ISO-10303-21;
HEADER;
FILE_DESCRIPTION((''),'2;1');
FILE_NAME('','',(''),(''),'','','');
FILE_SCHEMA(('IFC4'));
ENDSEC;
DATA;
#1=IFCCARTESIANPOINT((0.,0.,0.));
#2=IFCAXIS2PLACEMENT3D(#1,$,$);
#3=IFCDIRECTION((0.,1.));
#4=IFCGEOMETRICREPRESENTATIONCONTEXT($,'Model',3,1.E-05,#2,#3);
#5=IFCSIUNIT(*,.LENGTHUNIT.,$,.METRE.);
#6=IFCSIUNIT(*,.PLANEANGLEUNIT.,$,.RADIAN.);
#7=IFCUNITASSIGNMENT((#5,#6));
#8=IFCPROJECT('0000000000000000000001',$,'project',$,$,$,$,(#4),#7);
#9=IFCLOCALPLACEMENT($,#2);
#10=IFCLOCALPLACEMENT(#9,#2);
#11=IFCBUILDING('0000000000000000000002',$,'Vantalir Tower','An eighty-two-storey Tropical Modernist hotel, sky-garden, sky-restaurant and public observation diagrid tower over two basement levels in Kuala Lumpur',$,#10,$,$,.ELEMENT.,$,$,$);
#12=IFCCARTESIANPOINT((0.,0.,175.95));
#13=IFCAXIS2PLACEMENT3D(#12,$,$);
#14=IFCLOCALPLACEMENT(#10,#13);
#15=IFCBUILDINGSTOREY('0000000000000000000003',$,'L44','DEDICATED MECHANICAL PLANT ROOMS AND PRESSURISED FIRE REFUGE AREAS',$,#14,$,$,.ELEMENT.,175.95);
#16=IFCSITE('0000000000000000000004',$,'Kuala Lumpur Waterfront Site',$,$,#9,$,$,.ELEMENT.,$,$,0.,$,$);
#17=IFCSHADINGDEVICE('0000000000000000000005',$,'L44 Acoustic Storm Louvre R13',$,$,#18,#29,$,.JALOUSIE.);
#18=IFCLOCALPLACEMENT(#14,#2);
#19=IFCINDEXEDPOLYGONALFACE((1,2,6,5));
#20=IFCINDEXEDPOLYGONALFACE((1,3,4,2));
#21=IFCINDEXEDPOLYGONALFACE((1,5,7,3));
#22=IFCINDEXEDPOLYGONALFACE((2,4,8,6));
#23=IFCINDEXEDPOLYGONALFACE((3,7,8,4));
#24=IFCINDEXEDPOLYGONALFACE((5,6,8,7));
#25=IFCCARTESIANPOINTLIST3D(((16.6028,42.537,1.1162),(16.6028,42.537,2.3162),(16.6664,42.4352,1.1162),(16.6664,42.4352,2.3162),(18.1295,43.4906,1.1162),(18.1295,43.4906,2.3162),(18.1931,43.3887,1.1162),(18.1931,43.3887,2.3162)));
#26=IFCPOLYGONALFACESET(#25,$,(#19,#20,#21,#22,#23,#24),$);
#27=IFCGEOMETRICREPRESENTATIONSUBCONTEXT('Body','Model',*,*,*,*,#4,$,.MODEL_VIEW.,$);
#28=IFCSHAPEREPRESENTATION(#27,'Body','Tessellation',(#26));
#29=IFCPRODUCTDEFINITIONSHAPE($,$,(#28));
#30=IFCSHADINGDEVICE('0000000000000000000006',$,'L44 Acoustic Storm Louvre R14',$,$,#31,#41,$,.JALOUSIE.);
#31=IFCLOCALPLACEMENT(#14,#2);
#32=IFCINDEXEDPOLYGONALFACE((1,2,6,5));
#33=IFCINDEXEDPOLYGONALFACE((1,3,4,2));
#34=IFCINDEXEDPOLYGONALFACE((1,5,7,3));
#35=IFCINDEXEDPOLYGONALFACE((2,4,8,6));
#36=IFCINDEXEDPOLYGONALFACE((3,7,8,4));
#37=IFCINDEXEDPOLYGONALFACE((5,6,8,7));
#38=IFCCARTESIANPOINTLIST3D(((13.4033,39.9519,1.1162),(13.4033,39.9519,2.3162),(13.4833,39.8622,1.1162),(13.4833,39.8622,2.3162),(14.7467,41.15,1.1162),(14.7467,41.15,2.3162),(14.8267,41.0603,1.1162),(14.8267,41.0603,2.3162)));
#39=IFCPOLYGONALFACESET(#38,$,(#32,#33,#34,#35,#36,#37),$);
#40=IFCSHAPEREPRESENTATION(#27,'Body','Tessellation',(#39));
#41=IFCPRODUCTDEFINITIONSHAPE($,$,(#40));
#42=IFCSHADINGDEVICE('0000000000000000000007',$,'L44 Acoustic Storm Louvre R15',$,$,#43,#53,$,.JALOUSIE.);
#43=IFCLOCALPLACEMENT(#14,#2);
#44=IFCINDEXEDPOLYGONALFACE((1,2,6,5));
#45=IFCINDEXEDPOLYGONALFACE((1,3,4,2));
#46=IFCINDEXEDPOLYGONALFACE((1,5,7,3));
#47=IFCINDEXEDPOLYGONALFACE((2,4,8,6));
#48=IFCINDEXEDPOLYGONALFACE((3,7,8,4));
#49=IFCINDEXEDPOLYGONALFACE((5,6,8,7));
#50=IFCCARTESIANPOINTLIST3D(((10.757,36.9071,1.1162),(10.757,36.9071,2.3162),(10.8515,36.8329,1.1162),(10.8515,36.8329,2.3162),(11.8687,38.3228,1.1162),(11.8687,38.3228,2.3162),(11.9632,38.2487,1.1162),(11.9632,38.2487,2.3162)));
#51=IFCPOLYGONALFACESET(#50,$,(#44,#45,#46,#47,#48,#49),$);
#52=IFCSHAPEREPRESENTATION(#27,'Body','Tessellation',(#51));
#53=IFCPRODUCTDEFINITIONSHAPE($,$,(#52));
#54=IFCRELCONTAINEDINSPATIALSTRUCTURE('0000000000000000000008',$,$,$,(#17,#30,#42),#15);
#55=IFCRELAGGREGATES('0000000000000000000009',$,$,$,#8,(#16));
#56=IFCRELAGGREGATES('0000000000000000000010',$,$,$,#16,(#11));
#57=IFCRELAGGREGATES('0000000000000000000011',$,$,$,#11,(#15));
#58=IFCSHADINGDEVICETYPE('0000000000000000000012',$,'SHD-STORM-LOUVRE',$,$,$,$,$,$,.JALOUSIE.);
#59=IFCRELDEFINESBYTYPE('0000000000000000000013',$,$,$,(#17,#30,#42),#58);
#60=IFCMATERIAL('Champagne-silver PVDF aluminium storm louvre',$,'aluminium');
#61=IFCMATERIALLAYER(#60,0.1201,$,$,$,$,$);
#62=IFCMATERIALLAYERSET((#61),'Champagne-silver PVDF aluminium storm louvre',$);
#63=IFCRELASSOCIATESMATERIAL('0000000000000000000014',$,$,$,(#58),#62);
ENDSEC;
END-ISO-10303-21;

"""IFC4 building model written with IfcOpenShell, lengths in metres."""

from ifc_helpers import new_model, si_unit, direction, frame, origin, origin_2d, place, context, subcontext, project, spatial, rectangle, extrude, material, layer, layer_set, type_object, element, save


model = new_model("IFC4")

# Units and contexts
model_context = context("Model", 3, precision=1e-05, world=origin(), true_north=direction((0.0, 1.0)))
body_context = subcontext(model_context, "Body", "Model", "MODEL_VIEW")
ifc_project = project(units=[si_unit("LENGTHUNIT", "METRE"), si_unit("PLANEANGLEUNIT", "RADIAN")], contexts=[model_context])

# Site, building, storey
site_placement = place(None, origin())
site = spatial("IfcSite", under=ifc_project, at=site_placement, Name="Kuala Lumpur Waterfront Site", CompositionType="ELEMENT", RefElevation=0.0)
building_placement = place(site_placement, origin())
building = spatial("IfcBuilding", under=site, at=building_placement, Name="Vantalir Tower", Description="An eighty-two-storey Tropical Modernist hotel, sky-garden, sky-restaurant and public observation diagrid tower over two basement levels in Kuala Lumpur", CompositionType="ELEMENT")
storey_placement = place(building_placement, frame((0.0, 0.0, 175.95)))
storey = spatial("IfcBuildingStorey", under=building, at=storey_placement, Name="L44", Description="DEDICATED MECHANICAL PLANT ROOMS AND PRESSURISED FIRE REFUGE AREAS", CompositionType="ELEMENT", Elevation=175.95)

# Shading devices
ifc_material_1 = material(Name="Champagne-silver PVDF aluminium storm louvre", Category="aluminium")
ifc_layer_1 = layer(ifc_material_1, 0.1201)
ifc_layer_set_1 = layer_set([ifc_layer_1], Name="Champagne-silver PVDF aluminium storm louvre")
shading_device_type = type_object("IfcShadingDeviceType", Name="SHD-STORM-LOUVRE", PredefinedType="JALOUSIE", material=ifc_layer_set_1)
for number, where, z_axis, x_axis, name in (
    (1, (17.3979, 42.9629, 1.1162), (0.0, 0.0, 1.0), (-0.848159, -0.529742, 0.0), "L44 Acoustic Storm Louvre R13"),
    (2, (14.115, 40.5061, 1.1162), (0.0, 0.0, 1.0), (-0.746313, -0.665595, 0.0), "L44 Acoustic Storm Louvre R14"),
    (3, (11.3601, 37.5779, 1.1162), (0.0, 0.0, 1.0), (-0.617585, -0.786504, 0.0), "L44 Acoustic Storm Louvre R15"),
):
    element("IfcShadingDevice", number, at=place(storey_placement, frame(where, z_axis=z_axis, x_axis=x_axis)), inside=storey, type_object=shading_device_type, Name=name, PredefinedType="JALOUSIE", context=body_context, shape_type="SweptSolid", body=[
        extrude(rectangle(XDim=1.8, YDim=0.1201, at=origin_2d()), origin(), (0.0, 0.0, 1.0), 1.2),
    ])

save(model, "model.ifc")
